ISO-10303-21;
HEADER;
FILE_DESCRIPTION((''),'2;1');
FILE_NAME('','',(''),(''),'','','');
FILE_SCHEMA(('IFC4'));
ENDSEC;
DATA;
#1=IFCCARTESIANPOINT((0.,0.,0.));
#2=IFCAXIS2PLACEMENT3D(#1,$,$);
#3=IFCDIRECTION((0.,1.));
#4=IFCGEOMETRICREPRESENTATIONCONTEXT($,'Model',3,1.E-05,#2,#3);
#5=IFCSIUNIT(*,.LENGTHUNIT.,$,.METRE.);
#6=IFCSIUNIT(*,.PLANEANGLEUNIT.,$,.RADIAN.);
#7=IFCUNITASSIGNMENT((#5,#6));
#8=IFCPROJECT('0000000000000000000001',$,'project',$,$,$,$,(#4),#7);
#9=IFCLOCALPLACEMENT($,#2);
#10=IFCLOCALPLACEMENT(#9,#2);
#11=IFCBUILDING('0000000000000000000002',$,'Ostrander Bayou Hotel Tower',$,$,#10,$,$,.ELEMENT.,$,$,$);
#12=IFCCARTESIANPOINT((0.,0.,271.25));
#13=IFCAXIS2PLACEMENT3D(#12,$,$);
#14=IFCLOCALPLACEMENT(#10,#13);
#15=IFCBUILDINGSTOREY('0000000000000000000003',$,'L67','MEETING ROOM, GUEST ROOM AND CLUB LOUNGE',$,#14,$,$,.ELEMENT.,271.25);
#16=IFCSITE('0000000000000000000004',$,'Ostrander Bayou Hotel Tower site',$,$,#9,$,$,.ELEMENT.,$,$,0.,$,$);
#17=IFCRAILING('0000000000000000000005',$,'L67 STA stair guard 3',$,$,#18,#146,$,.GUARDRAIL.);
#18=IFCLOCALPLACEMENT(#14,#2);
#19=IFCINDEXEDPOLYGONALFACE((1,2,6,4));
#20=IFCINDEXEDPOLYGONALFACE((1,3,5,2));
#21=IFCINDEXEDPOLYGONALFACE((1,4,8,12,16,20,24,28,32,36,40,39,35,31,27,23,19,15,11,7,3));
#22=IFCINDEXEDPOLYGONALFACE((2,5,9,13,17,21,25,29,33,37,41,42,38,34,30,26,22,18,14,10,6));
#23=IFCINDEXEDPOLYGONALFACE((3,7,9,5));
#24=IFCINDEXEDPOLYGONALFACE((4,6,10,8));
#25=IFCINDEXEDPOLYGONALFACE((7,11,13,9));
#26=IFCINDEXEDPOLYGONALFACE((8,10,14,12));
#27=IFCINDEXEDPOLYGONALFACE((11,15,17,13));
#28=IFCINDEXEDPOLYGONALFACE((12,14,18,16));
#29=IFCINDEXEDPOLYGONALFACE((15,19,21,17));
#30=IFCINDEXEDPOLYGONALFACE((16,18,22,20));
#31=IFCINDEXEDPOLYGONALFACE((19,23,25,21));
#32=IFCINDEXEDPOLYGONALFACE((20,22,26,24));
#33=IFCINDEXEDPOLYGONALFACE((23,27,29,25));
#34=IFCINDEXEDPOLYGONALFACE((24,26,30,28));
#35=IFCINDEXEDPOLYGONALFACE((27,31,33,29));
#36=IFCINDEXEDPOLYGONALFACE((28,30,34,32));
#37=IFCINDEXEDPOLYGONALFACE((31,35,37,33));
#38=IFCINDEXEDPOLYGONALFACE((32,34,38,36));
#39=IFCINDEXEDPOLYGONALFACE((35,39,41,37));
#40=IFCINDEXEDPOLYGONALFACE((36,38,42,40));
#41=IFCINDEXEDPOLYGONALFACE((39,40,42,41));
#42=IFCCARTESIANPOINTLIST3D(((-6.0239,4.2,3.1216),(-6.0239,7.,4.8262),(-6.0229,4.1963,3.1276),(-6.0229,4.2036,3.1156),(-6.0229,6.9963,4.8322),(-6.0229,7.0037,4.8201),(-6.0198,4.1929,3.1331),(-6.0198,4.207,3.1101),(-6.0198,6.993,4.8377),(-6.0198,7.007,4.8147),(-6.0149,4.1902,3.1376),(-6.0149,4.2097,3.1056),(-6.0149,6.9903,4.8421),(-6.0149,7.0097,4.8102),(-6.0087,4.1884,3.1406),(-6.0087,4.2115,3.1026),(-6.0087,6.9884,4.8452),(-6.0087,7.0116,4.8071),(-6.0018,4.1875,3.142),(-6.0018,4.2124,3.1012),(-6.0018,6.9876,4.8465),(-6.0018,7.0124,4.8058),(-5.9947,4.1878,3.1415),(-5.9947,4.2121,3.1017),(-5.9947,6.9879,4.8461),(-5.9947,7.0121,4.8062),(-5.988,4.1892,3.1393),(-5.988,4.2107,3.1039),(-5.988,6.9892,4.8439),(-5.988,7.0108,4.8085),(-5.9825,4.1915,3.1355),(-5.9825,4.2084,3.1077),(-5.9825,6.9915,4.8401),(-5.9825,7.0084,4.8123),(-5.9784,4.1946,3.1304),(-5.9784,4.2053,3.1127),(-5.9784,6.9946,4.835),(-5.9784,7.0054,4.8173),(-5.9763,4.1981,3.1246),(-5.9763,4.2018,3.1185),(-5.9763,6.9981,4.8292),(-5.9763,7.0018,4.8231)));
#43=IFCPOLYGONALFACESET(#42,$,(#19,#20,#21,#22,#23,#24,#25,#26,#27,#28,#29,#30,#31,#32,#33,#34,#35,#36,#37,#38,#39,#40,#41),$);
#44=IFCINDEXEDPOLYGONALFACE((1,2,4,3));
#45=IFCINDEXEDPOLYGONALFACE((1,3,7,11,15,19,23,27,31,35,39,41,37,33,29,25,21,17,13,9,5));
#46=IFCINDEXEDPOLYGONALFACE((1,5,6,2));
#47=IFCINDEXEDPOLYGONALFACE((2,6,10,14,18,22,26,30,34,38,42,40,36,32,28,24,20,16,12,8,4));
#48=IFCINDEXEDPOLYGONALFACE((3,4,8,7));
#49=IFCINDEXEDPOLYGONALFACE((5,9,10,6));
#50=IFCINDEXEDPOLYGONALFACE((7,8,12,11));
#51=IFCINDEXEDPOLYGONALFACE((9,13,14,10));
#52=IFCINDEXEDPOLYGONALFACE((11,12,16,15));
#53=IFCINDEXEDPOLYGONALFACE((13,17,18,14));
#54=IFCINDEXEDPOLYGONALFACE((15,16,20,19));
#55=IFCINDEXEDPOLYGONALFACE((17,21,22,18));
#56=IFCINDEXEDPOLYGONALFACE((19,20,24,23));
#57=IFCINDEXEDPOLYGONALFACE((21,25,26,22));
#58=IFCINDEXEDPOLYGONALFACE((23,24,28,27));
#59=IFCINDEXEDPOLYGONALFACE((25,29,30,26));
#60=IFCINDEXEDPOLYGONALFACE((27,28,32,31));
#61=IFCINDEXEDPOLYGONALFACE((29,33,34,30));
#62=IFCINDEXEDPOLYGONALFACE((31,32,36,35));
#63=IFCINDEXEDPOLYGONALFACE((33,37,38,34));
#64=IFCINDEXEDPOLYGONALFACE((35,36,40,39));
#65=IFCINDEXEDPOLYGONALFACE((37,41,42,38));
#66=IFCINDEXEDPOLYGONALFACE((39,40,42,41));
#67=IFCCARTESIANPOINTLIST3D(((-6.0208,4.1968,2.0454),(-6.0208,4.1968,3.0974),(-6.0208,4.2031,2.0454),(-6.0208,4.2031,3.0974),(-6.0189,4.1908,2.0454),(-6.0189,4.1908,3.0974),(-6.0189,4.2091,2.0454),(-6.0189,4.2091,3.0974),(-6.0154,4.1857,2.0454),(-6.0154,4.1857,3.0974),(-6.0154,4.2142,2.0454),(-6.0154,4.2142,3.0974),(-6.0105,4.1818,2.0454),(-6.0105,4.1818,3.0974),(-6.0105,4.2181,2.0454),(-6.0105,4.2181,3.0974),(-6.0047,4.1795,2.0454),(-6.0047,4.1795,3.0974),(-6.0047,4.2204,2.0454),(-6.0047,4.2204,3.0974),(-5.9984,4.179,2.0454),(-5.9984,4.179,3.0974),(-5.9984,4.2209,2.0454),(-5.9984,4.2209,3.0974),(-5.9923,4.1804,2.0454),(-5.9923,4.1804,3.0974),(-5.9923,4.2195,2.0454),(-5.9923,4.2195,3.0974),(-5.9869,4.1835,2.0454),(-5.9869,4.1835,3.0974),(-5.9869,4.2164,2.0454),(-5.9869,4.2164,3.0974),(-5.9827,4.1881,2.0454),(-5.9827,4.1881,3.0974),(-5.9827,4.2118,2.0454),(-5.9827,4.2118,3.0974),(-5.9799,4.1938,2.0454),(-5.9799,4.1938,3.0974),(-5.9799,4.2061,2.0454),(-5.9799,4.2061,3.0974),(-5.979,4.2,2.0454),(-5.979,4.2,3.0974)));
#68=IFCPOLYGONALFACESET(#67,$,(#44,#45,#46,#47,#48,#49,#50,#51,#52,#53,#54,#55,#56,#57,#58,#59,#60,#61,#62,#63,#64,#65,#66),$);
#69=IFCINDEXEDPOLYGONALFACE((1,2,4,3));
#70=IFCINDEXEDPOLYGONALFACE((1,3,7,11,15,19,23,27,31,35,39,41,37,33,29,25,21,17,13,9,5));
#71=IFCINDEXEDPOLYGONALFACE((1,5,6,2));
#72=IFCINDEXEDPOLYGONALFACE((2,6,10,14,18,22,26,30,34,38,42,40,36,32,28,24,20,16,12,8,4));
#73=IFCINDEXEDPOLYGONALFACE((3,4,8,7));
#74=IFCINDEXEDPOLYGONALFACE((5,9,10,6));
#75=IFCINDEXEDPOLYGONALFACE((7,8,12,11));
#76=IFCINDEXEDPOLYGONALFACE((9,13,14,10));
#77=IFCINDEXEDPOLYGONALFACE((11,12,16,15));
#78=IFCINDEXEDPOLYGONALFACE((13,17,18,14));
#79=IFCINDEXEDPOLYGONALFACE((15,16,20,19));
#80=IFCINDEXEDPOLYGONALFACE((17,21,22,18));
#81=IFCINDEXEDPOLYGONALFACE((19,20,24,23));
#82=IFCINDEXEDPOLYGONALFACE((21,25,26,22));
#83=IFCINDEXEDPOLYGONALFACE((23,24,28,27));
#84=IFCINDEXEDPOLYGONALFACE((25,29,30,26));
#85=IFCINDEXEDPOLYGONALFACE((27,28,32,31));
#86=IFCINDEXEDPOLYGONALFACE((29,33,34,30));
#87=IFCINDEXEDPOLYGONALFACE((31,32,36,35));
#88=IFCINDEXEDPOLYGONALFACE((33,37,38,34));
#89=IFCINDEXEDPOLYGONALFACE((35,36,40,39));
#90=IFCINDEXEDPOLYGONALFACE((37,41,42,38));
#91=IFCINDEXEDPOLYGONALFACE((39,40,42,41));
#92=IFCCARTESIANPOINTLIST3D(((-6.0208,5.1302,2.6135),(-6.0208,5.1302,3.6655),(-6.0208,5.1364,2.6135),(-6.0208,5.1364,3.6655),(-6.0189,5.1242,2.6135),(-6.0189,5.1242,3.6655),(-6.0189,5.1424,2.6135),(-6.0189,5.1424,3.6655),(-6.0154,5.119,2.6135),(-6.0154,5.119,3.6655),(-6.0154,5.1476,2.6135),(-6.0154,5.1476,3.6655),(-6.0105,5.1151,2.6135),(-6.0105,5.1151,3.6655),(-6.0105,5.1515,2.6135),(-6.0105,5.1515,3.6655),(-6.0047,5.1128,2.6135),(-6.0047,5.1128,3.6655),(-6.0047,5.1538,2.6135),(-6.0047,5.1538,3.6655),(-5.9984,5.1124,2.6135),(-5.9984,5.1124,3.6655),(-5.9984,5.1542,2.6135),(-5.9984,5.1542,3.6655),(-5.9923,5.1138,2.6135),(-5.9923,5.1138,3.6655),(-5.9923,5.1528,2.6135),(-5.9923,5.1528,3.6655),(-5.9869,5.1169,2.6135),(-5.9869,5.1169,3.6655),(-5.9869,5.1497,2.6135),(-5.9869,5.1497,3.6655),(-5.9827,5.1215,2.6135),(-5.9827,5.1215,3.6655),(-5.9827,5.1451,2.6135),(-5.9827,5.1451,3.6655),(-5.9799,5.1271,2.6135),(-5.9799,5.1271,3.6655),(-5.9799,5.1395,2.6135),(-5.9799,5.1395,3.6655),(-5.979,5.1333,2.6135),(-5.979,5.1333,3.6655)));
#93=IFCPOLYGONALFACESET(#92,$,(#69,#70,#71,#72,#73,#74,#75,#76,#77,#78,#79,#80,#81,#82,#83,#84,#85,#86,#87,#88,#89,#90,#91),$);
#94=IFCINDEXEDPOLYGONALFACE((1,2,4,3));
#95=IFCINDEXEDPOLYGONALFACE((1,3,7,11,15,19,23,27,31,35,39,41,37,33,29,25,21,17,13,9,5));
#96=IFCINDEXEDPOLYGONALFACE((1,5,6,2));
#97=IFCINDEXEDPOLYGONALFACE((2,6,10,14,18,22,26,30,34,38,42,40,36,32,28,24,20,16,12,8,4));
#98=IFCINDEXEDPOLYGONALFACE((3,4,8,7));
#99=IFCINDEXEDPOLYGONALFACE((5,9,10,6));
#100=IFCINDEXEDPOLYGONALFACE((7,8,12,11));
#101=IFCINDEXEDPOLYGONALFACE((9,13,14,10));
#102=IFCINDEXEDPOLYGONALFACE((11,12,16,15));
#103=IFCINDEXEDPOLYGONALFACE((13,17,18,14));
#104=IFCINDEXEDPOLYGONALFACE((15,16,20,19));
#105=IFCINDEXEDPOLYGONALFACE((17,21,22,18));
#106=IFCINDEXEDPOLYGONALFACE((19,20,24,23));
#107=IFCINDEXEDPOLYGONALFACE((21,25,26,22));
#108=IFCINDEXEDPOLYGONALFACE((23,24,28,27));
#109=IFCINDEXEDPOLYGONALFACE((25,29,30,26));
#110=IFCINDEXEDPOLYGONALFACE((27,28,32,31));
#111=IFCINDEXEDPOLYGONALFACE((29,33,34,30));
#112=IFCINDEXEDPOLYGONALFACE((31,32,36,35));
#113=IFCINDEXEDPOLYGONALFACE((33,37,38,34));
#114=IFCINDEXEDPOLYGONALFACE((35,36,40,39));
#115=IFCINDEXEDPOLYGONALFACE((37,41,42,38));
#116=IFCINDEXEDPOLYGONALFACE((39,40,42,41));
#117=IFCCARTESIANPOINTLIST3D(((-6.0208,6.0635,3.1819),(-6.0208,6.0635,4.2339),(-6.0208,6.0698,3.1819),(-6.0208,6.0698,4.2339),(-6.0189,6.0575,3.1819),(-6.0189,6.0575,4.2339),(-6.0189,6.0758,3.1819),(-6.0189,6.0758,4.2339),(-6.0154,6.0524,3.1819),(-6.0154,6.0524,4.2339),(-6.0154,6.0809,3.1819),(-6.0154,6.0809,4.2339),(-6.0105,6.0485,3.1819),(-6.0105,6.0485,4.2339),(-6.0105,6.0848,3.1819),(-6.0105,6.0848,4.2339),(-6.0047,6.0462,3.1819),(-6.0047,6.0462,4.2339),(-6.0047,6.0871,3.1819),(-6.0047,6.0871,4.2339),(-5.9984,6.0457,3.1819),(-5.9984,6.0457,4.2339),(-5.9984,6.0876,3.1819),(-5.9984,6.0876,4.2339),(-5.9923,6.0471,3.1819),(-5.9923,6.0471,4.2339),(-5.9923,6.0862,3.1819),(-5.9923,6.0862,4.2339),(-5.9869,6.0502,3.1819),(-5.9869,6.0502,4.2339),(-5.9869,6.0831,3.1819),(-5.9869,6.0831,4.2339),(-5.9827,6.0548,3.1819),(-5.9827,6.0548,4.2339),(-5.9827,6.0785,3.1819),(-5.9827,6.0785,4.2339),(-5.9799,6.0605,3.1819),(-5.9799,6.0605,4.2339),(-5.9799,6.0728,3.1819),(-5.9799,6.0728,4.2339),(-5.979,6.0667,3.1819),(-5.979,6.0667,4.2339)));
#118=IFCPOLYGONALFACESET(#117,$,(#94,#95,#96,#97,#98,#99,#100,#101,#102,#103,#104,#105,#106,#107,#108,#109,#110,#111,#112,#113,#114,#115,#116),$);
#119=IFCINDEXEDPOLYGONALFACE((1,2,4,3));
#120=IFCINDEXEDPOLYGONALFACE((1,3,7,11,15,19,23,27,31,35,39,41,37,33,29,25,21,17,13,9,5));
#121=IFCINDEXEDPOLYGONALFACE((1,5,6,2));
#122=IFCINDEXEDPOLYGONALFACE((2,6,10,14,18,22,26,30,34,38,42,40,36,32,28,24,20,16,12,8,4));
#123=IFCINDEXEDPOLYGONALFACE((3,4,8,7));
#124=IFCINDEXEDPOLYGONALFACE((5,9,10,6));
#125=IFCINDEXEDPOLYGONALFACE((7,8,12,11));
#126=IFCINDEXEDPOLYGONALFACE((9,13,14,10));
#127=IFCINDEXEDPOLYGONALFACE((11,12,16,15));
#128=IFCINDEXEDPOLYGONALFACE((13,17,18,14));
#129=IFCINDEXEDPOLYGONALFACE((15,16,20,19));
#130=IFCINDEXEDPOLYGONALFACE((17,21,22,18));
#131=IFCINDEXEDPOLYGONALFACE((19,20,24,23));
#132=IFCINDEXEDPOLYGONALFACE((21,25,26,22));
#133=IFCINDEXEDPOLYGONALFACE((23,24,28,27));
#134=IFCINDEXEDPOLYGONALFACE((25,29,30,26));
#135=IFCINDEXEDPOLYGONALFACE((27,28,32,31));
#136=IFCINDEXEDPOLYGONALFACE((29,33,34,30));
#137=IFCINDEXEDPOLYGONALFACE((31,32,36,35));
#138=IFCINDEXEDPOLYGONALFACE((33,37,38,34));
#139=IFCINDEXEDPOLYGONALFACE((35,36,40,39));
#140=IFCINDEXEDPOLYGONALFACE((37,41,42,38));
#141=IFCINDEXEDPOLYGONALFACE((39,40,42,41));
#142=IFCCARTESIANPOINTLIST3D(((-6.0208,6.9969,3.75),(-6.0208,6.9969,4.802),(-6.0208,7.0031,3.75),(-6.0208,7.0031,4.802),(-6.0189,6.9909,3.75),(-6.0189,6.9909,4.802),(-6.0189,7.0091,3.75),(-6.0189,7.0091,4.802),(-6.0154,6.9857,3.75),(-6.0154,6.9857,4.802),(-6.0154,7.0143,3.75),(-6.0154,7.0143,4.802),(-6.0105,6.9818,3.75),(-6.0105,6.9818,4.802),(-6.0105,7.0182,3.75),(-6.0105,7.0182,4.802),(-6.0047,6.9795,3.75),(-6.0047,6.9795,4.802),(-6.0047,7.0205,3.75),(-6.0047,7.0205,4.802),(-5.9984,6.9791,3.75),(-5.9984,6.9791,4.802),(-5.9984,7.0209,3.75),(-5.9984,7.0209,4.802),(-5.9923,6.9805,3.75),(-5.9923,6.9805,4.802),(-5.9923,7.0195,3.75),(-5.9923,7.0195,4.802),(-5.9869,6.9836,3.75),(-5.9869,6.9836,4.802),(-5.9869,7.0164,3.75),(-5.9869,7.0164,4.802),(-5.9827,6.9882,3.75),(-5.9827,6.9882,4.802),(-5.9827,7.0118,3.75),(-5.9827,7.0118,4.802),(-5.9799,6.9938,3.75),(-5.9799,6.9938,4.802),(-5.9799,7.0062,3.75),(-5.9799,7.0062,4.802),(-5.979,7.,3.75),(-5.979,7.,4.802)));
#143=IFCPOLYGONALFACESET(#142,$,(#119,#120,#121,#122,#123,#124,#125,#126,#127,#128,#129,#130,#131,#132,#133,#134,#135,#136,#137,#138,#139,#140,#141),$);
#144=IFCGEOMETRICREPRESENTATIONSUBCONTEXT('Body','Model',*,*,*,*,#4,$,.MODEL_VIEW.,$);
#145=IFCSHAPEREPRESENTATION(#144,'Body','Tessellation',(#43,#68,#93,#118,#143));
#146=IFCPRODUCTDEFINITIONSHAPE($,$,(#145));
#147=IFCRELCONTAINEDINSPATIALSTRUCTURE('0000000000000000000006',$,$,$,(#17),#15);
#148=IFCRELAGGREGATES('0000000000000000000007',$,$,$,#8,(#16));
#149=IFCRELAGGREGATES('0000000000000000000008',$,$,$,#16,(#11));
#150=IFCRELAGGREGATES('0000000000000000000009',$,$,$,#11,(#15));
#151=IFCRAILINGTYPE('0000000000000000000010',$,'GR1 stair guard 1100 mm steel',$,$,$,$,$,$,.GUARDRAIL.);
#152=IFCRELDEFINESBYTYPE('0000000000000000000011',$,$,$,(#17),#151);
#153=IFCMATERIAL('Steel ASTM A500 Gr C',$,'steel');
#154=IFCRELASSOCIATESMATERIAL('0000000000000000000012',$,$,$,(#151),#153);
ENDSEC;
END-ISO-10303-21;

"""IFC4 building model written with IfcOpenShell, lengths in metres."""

from ifc_helpers import new_model, si_unit, direction, frame, origin, origin_2d, place, context, subcontext, project, spatial, circle, extrude, material, type_object, element, save


model = new_model("IFC4")

# Units and contexts
model_context = context("Model", 3, precision=1e-05, world=origin(), true_north=direction((0.0, 1.0)))
body_context = subcontext(model_context, "Body", "Model", "MODEL_VIEW")
ifc_project = project(units=[si_unit("LENGTHUNIT", "METRE"), si_unit("PLANEANGLEUNIT", "RADIAN")], contexts=[model_context])

# Site, building, storey
site_placement = place(None, origin())
site = spatial("IfcSite", under=ifc_project, at=site_placement, Name="Ostrander Bayou Hotel Tower site", CompositionType="ELEMENT", RefElevation=0.0)
building_placement = place(site_placement, origin())
building = spatial("IfcBuilding", under=site, at=building_placement, Name="Ostrander Bayou Hotel Tower", CompositionType="ELEMENT")
storey_placement = place(building_placement, frame((0.0, 0.0, 271.25)))
storey = spatial("IfcBuildingStorey", under=building, at=storey_placement, Name="L67", Description="MEETING ROOM, GUEST ROOM AND CLUB LOUNGE", CompositionType="ELEMENT", Elevation=271.25)

# Railing
ifc_material_1 = material(Name="Steel ASTM A500 Gr C", Category="steel")
railing_type_1 = type_object("IfcRailingType", Name="GR1 stair guard 1100 mm steel", PredefinedType="GUARDRAIL", material=ifc_material_1)
railing_1_placement = place(storey_placement, frame((-6.0, 4.2, 2.0454)))
element("IfcRailing", 1, at=railing_1_placement, inside=storey, type_object=railing_type_1, Name="L67 STA stair guard 3", PredefinedType="GUARDRAIL", context=body_context, shape_type="SweptSolid", body=[
    extrude(circle(Radius=0.0239, at=origin_2d()), frame((0.0, 0.0, 1.0762), z_axis=(0.0, 0.85417, 0.519994), x_axis=(-1.0, 0.0, 0.0)), (0.0, 0.0, 1.0), 3.2781),
    extrude(circle(Radius=0.021, at=origin_2d()), origin(), (0.0, 0.0, 1.0), 1.052),
    extrude(circle(Radius=0.021, at=origin_2d()), frame((0.0, 0.9333, 0.5681)), (0.0, 0.0, 1.0), 1.052),
    extrude(circle(Radius=0.021, at=origin_2d()), frame((0.0, 1.8667, 1.1365)), (0.0, 0.0, 1.0), 1.052),
    extrude(circle(Radius=0.021, at=origin_2d()), frame((0.0, 2.8, 1.7046)), (0.0, 0.0, 1.0), 1.052),
])

save(model, "model.ifc")
